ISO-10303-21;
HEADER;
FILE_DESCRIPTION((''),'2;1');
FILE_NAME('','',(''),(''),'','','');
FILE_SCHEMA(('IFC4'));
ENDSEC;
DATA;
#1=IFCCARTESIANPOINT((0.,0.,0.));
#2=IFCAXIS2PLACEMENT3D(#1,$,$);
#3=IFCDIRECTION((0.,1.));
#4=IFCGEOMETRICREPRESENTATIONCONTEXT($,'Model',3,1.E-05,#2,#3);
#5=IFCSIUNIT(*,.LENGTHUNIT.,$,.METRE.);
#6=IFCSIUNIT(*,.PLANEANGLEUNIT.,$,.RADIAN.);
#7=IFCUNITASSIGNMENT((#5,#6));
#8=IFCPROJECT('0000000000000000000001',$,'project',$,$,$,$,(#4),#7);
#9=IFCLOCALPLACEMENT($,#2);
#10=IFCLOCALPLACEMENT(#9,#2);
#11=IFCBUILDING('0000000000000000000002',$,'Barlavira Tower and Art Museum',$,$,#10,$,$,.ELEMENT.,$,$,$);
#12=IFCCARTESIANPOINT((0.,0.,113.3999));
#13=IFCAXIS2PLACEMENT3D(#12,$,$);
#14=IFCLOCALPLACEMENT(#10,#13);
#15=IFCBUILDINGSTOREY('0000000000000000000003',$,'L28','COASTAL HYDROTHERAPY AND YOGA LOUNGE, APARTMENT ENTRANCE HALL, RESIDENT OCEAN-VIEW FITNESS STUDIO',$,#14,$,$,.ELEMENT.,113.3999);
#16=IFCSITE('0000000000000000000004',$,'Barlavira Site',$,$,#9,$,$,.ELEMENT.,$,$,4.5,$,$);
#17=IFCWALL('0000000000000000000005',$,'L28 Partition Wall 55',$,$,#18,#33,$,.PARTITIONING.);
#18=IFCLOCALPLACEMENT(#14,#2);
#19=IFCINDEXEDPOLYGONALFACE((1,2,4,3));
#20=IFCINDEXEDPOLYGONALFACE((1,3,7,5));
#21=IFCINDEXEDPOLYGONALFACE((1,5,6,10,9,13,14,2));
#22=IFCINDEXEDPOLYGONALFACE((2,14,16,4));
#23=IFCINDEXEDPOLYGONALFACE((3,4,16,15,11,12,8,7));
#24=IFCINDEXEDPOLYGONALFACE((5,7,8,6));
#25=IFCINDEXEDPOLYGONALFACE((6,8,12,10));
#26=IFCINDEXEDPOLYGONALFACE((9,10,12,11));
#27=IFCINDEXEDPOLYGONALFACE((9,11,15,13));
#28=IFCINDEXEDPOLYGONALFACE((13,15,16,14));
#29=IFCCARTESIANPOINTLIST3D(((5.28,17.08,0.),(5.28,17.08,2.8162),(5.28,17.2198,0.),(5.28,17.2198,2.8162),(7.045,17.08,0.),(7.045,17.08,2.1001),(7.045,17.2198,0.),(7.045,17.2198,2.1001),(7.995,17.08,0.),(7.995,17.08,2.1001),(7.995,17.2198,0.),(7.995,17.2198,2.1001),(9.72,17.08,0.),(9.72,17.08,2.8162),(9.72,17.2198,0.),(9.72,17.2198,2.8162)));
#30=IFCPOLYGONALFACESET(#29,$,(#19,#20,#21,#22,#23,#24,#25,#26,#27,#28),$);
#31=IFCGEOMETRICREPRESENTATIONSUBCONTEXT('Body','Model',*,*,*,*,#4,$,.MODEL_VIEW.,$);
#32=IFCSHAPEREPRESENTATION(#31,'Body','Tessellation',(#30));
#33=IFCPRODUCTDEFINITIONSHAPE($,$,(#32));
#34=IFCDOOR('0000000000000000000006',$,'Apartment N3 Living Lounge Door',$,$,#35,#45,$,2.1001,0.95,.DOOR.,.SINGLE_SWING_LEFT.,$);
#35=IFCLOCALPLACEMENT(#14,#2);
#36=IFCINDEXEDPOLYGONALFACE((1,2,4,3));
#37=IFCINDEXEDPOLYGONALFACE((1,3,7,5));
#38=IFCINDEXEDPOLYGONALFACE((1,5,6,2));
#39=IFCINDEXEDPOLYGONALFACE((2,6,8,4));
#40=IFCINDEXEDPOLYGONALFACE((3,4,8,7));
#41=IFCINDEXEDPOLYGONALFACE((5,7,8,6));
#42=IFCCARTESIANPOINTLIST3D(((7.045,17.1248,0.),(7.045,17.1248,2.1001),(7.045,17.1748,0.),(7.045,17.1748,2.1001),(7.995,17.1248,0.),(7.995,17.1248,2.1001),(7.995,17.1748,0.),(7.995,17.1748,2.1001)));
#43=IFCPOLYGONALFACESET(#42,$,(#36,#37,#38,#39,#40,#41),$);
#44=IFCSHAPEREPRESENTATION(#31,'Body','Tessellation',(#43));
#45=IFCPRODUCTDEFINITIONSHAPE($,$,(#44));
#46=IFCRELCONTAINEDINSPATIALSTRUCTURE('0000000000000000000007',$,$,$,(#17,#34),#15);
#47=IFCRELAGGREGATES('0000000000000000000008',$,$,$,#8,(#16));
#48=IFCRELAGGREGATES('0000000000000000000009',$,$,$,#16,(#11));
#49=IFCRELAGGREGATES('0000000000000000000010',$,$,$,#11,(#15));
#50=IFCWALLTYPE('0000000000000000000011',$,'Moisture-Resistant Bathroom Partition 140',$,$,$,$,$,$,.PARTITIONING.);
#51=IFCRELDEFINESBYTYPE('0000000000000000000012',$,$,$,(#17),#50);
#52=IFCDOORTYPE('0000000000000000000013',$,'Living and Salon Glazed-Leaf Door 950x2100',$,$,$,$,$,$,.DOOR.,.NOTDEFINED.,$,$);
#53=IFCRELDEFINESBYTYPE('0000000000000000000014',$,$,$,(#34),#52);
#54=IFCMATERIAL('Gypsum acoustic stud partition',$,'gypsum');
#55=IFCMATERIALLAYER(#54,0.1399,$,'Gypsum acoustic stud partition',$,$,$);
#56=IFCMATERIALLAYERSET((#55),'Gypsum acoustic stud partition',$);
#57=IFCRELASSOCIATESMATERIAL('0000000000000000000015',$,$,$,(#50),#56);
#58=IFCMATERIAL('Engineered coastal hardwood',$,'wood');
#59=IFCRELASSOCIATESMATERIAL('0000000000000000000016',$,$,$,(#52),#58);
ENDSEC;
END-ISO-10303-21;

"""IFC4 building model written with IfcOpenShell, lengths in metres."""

from ifc_helpers import new_model, si_unit, direction, frame, frame_2d, origin, place, context, subcontext, project, spatial, rectangle, extrude, material, layer, layer_set, type_object, element, fill, save


model = new_model("IFC4")

# Units and contexts
model_context = context("Model", 3, precision=1e-05, world=origin(), true_north=direction((0.0, 1.0)))
body_context = subcontext(model_context, "Body", "Model", "MODEL_VIEW")
ifc_project = project(units=[si_unit("LENGTHUNIT", "METRE"), si_unit("PLANEANGLEUNIT", "RADIAN")], contexts=[model_context])

# Site, building, storey
site_placement = place(None, origin())
site = spatial("IfcSite", under=ifc_project, at=site_placement, Name="Barlavira Site", CompositionType="ELEMENT", RefElevation=4.5)
building_placement = place(site_placement, origin())
building = spatial("IfcBuilding", under=site, at=building_placement, Name="Barlavira Tower and Art Museum", CompositionType="ELEMENT")
storey_placement = place(building_placement, frame((0.0, 0.0, 113.3999)))
storey = spatial("IfcBuildingStorey", under=building, at=storey_placement, Name="L28", Description="COASTAL HYDROTHERAPY AND YOGA LOUNGE, APARTMENT ENTRANCE HALL, RESIDENT OCEAN-VIEW FITNESS STUDIO", CompositionType="ELEMENT", Elevation=113.3999)

# Shared definitions
ifc_material_1 = material(Name="Gypsum acoustic stud partition", Category="gypsum")
ifc_material_2 = material(Name="Engineered coastal hardwood", Category="wood")

# Shared definitions
ifc_layer_1 = layer(ifc_material_1, 0.1399, Name="Gypsum acoustic stud partition")
ifc_layer_set_1 = layer_set([ifc_layer_1], Name="Gypsum acoustic stud partition")
wall_type_1 = type_object("IfcWallType", Name="Moisture-Resistant Bathroom Partition 140", PredefinedType="PARTITIONING", material=ifc_layer_set_1)

# Wall, opening, door
wall_1_placement = place(storey_placement, frame((5.28, 17.1499, 0.0), z_axis=(0.0, 0.0, 1.0), x_axis=(1.0, 0.0, 0.0)))
wall_1 = element("IfcWall", 1, at=wall_1_placement, inside=storey, type_object=wall_type_1, Name="L28 Partition Wall 55", PredefinedType="PARTITIONING", context=body_context, shape_type="SweptSolid", body=[
    extrude(rectangle(XDim=4.4399, YDim=0.1399, at=frame_2d((2.22, 0.0))), origin(), (0.0, 0.0, 1.0), 2.8162),
])
opening_1_placement = place(wall_1_placement, frame((1.7649, 0.0, 0.0)))
opening_1 = element("IfcOpeningElement", 2, at=opening_1_placement, cuts=wall_1, PredefinedType="OPENING", context=body_context, shape_type="SweptSolid", body=[
    extrude(rectangle(XDim=0.95, YDim=2.1001, at=frame_2d((0.4751, 1.05))), frame((0.0, 0.0801, 0.0), z_axis=(0.0, -1.0, 0.0), x_axis=(1.0, 0.0, 0.0)), (0.0, 0.0, 1.0), 0.1599),
])
door_type_1 = type_object("IfcDoorType", Name="Living and Salon Glazed-Leaf Door 950x2100", OperationType="NOTDEFINED", PredefinedType="DOOR", material=ifc_material_2)
door_1_placement = place(opening_1_placement, origin())
door_1 = element("IfcDoor", 3, at=door_1_placement, inside=storey, type_object=door_type_1, Name="Apartment N3 Living Lounge Door", OperationType="SINGLE_SWING_LEFT", OverallHeight=2.1001, OverallWidth=0.95, PredefinedType="DOOR", context=body_context, shape_type="SweptSolid", body=[
    extrude(rectangle(XDim=0.95, YDim=2.1001, at=frame_2d((0.4751, 1.05))), frame((0.0, 0.0249, 0.0), z_axis=(0.0, -1.0, 0.0), x_axis=(1.0, 0.0, 0.0)), (0.0, 0.0, 1.0), 0.05),
])
fill(opening_1, door_1)

save(model, "model.ifc")
